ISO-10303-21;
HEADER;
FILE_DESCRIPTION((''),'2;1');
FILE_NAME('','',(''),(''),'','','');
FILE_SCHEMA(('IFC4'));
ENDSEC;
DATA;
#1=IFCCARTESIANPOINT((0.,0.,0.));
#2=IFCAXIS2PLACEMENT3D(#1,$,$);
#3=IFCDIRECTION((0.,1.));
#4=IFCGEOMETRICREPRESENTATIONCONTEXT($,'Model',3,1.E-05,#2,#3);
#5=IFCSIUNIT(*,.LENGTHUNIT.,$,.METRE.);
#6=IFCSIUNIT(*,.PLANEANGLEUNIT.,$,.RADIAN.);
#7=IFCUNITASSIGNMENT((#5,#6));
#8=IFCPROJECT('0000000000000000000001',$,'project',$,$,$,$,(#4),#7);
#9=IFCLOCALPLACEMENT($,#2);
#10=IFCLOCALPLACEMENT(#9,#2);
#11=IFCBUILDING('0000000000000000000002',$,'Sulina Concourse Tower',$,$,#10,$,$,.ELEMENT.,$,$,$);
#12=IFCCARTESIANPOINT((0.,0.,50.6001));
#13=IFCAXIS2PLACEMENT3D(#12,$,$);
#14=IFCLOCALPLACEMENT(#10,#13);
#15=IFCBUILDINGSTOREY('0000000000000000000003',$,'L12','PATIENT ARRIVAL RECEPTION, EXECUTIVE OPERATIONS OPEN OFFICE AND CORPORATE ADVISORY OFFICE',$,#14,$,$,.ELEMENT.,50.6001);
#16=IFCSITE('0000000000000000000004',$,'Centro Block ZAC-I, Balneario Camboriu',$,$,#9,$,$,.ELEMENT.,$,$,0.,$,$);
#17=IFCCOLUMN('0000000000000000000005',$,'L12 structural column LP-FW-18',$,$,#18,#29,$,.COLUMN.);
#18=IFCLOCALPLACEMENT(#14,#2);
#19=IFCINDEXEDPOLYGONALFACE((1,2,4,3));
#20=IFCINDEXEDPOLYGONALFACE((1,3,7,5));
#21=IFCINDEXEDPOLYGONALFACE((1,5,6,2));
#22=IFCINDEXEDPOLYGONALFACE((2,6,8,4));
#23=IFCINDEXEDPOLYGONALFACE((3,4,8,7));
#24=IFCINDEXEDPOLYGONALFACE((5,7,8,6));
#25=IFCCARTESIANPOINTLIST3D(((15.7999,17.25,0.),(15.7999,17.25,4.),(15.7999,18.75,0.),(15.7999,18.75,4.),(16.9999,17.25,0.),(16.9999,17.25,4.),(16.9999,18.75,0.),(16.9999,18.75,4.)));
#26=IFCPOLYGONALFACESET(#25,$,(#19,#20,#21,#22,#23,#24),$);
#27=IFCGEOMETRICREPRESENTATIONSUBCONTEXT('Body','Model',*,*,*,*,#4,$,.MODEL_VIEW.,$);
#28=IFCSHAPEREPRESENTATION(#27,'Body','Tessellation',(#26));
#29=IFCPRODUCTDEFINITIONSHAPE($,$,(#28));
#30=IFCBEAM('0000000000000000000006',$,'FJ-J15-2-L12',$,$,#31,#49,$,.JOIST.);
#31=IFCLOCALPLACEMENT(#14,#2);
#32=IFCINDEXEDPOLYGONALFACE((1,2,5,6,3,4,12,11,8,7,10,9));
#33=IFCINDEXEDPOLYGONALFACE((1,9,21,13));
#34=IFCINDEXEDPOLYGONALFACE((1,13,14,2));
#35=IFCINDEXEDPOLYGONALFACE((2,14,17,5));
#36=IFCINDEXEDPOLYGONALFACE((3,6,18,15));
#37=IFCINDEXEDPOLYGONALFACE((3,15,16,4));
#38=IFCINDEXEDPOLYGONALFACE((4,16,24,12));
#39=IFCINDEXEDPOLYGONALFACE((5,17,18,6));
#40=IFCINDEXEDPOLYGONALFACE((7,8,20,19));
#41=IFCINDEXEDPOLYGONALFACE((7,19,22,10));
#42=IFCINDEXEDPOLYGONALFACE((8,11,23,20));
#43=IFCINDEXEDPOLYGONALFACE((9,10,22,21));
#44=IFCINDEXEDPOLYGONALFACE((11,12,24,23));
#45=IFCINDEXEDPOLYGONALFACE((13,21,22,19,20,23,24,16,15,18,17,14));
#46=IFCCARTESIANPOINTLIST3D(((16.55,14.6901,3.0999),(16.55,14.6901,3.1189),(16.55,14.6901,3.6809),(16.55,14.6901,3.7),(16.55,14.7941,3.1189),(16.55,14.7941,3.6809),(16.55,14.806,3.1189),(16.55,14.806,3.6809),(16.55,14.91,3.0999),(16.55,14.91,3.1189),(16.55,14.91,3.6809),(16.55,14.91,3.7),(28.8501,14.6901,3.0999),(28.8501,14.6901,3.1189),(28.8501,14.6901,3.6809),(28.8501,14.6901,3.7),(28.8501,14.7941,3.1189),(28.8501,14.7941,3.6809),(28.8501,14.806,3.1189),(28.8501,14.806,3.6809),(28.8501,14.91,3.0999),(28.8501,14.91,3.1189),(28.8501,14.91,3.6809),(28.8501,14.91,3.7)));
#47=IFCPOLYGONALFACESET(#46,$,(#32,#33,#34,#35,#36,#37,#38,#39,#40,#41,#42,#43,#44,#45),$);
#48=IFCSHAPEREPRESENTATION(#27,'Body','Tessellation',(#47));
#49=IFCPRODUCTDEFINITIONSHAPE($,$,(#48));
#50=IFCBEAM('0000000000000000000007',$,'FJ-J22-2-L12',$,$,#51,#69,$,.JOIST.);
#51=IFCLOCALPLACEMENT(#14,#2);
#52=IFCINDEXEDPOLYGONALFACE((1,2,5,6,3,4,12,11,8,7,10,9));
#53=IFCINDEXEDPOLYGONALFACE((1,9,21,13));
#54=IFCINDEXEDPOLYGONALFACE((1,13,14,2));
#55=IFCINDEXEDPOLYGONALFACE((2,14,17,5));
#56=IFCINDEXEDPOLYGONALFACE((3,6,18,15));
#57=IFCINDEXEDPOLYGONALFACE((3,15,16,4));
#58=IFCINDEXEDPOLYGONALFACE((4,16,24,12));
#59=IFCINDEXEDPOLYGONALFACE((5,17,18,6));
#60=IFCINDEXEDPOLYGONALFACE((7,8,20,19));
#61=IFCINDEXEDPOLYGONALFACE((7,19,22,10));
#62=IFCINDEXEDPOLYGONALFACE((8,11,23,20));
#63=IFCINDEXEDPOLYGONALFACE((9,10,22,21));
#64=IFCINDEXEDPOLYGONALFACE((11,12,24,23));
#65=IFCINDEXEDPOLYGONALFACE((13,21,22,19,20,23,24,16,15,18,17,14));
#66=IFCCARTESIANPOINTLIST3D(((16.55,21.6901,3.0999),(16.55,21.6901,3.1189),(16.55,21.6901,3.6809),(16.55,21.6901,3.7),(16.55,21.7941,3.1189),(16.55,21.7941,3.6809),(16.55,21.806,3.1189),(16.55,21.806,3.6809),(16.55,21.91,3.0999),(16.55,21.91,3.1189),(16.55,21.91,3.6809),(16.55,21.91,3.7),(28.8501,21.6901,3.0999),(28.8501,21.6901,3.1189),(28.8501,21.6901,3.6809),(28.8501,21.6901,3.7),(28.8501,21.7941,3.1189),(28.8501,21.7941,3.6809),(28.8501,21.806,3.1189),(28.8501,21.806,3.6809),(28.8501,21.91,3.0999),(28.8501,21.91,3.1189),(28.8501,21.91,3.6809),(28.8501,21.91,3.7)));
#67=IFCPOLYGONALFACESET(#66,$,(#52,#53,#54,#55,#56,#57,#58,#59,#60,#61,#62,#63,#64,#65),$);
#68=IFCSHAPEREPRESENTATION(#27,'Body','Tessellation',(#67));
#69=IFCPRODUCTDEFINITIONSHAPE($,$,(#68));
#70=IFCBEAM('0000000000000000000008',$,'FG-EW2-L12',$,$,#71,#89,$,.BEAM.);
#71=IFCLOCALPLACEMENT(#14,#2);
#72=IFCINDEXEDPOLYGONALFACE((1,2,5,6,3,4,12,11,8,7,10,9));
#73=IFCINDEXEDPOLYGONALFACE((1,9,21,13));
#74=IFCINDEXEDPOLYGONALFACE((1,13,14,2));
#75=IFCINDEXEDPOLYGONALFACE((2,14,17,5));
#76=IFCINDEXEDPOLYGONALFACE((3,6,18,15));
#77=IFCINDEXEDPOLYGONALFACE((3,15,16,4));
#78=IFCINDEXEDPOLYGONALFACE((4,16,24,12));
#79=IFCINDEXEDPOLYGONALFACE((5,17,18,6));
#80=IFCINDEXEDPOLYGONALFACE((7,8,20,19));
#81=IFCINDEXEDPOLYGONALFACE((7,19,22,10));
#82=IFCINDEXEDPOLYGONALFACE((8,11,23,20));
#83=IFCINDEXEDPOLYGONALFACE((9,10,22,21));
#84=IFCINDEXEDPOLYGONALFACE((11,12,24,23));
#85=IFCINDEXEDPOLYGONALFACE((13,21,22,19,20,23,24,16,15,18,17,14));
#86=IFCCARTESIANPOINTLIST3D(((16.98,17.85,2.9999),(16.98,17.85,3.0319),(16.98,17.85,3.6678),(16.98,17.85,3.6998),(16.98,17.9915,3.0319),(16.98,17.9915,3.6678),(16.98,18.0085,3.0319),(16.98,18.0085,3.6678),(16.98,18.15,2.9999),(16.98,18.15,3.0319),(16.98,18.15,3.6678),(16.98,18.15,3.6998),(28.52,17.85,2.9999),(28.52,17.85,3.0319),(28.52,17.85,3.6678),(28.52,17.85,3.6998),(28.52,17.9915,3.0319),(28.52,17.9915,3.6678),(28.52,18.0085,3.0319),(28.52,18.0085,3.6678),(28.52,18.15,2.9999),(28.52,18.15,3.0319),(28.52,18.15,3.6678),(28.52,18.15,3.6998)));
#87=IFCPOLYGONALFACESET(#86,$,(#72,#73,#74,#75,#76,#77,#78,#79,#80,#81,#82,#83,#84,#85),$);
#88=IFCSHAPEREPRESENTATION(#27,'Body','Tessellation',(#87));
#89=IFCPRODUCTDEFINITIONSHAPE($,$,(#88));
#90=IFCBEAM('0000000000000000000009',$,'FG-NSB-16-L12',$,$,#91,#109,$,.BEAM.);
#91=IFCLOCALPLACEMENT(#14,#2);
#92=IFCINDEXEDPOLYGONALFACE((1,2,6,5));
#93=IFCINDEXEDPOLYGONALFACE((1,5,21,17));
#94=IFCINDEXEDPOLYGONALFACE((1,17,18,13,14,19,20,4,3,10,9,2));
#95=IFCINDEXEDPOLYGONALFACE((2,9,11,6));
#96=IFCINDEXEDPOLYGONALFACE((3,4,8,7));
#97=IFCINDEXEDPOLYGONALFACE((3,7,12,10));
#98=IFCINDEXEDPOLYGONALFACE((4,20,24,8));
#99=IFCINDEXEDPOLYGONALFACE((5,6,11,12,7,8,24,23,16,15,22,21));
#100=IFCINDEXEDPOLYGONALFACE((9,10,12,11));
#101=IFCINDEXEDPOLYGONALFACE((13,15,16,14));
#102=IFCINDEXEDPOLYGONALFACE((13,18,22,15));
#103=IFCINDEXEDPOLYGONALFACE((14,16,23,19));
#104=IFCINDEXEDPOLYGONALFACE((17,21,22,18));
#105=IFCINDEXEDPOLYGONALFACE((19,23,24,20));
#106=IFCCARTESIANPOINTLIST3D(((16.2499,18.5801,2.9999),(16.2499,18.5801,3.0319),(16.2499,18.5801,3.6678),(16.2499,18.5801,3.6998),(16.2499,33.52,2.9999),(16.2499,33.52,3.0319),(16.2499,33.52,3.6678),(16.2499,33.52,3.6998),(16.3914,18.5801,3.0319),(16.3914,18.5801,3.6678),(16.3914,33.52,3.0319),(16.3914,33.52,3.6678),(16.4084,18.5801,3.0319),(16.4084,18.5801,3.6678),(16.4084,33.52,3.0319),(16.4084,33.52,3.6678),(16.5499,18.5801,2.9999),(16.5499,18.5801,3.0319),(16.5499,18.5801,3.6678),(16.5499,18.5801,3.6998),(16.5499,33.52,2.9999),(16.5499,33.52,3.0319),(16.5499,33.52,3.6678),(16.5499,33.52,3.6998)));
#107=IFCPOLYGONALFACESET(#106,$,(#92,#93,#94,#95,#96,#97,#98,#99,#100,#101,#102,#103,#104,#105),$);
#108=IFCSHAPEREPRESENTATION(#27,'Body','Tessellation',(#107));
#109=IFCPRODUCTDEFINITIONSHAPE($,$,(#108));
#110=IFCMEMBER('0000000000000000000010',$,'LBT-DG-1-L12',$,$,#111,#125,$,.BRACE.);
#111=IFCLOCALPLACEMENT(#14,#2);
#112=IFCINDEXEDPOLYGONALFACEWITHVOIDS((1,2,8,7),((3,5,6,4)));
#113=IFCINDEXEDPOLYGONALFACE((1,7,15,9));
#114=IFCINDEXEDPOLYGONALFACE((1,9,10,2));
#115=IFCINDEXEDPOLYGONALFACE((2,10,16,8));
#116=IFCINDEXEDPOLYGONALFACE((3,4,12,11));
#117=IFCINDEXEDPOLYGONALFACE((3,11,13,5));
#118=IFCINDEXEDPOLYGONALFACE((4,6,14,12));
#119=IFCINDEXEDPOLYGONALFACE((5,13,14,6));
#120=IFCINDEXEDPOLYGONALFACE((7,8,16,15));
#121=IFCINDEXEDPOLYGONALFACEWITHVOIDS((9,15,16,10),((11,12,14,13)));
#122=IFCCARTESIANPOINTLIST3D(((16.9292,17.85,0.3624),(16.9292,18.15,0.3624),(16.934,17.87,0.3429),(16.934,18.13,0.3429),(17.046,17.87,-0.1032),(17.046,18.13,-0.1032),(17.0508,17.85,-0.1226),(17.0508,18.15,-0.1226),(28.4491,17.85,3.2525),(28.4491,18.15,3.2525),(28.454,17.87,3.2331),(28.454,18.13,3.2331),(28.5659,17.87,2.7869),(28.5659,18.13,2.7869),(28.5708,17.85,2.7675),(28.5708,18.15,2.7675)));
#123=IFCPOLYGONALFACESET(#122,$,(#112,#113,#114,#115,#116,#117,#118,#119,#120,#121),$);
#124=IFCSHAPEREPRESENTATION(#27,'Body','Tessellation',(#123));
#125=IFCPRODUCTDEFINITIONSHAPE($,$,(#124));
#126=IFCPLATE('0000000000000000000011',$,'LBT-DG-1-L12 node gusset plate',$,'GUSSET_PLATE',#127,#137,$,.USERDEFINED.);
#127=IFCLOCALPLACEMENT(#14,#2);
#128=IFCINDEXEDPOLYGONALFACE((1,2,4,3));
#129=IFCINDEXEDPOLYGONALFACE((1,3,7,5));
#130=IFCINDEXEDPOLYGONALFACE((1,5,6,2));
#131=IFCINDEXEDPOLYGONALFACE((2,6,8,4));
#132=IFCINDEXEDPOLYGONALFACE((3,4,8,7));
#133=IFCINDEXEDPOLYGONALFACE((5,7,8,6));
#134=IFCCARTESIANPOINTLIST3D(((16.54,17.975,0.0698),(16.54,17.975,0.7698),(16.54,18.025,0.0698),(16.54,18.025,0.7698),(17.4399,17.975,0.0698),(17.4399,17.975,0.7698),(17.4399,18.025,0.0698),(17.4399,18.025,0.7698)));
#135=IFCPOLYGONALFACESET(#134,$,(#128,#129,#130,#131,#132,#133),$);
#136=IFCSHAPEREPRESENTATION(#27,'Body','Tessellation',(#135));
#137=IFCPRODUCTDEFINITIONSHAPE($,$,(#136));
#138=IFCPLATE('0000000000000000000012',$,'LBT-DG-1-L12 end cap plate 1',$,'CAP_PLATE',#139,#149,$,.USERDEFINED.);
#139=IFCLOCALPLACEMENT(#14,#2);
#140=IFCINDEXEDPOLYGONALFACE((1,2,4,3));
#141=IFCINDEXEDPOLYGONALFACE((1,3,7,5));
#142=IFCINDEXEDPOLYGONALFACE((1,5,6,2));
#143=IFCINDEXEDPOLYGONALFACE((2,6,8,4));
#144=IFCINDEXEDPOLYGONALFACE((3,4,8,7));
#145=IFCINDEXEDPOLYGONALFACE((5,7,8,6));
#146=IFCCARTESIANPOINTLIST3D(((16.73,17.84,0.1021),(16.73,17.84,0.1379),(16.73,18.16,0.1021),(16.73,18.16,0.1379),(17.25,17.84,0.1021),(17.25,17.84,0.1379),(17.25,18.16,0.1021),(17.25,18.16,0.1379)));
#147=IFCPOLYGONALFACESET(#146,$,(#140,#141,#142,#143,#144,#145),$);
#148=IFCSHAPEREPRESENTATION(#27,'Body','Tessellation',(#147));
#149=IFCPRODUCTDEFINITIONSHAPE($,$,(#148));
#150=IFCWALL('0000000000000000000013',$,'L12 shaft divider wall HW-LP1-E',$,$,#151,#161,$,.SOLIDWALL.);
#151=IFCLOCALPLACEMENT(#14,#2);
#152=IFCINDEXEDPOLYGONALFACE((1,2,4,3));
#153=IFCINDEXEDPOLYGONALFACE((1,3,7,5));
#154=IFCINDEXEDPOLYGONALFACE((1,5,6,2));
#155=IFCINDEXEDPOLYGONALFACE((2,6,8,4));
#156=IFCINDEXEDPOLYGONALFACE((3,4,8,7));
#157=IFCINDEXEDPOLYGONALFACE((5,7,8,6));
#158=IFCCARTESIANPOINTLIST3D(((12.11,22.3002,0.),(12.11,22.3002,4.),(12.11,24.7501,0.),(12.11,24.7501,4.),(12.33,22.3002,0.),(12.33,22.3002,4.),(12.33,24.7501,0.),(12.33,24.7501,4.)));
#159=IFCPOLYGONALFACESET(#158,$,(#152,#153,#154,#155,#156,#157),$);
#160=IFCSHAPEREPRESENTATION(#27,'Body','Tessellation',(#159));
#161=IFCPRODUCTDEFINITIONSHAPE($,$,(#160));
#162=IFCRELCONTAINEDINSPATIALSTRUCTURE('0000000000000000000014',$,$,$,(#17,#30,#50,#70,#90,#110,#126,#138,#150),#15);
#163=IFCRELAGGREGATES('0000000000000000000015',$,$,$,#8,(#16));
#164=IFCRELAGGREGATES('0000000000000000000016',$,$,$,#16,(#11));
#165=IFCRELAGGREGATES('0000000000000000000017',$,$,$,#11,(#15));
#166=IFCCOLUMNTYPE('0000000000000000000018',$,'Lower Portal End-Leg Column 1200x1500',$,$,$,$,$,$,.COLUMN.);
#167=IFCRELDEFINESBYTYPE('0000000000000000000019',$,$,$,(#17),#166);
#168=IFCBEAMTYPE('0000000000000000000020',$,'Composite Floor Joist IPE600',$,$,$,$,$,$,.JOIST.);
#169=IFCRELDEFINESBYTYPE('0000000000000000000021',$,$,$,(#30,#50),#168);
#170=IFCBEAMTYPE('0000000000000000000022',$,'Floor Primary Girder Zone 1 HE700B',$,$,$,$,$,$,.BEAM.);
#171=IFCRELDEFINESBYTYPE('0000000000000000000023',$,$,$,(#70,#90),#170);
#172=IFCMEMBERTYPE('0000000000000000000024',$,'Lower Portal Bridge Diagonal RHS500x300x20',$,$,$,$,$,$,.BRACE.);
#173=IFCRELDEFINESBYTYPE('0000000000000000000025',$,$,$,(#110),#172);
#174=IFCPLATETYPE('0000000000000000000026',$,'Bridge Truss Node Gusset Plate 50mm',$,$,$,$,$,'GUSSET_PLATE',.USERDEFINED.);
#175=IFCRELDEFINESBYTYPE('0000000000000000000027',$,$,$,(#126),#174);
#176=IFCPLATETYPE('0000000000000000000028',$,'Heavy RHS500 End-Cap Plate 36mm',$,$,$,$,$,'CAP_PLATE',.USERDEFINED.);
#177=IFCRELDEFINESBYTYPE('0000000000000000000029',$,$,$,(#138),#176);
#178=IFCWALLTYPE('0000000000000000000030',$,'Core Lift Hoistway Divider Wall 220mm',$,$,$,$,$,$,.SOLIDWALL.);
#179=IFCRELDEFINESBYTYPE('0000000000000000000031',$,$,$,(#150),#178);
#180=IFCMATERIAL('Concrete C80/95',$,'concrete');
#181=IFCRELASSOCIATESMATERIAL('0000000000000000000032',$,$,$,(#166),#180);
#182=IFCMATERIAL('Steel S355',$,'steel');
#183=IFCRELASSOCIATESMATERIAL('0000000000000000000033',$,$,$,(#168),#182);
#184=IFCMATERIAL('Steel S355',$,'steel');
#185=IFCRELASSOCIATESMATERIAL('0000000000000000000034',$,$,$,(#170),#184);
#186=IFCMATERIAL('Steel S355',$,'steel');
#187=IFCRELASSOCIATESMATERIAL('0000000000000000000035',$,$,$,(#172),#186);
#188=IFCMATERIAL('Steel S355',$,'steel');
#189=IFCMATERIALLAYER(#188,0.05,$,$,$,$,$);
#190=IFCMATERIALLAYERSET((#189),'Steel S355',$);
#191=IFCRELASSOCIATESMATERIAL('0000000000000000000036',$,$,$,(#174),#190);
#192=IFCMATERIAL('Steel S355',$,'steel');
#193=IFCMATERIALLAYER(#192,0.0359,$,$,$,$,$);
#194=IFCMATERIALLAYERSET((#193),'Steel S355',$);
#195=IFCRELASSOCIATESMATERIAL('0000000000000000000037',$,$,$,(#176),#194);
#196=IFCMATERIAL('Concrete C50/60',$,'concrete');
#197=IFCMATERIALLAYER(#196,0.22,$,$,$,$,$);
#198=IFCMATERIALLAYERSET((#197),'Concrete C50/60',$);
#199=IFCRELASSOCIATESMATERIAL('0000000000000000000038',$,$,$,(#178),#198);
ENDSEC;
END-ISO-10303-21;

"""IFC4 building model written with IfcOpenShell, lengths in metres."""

from ifc_helpers import new_model, si_unit, direction, frame, frame_2d, origin, origin_2d, place, context, subcontext, project, spatial, rectangle, hollow_rectangle, i_section, extrude, material, layer, layer_set, material_profile, profile_set, type_object, element, save


model = new_model("IFC4")

# Units and contexts
model_context = context("Model", 3, precision=1e-05, world=origin(), true_north=direction((0.0, 1.0)))
body_context = subcontext(model_context, "Body", "Model", "MODEL_VIEW")
ifc_project = project(units=[si_unit("LENGTHUNIT", "METRE"), si_unit("PLANEANGLEUNIT", "RADIAN")], contexts=[model_context])

# Site, building, storey
site_placement = place(None, origin())
site = spatial("IfcSite", under=ifc_project, at=site_placement, Name="Centro Block ZAC-I, Balneario Camboriu", CompositionType="ELEMENT", RefElevation=0.0)
building_placement = place(site_placement, origin())
building = spatial("IfcBuilding", under=site, at=building_placement, Name="Sulina Concourse Tower", CompositionType="ELEMENT")
storey_placement = place(building_placement, frame((0.0, 0.0, 50.6001)))
storey = spatial("IfcBuildingStorey", under=building, at=storey_placement, Name="L12", Description="PATIENT ARRIVAL RECEPTION, EXECUTIVE OPERATIONS OPEN OFFICE AND CORPORATE ADVISORY OFFICE", CompositionType="ELEMENT", Elevation=50.6001)

# Column
ifc_material_1 = material(Name="Concrete C80/95", Category="concrete")
ifc_material_profile_1 = material_profile(ifc_material_1, rectangle(XDim=1.2, YDim=1.5, at=origin_2d()), Name="RC 1200x1500")
ifc_profile_set_1 = profile_set([ifc_material_profile_1], Name="Concrete C80/95")
column_type = type_object("IfcColumnType", Name="Lower Portal End-Leg Column 1200x1500", PredefinedType="COLUMN", material=ifc_profile_set_1)
column_placement = place(storey_placement, frame((16.3999, 18.0, 0.0), z_axis=(0.0, 0.0, 1.0), x_axis=(1.0, 0.0, 0.0)))
element("IfcColumn", 1, at=column_placement, inside=storey, type_object=column_type, Name="L12 structural column LP-FW-18", PredefinedType="COLUMN", context=body_context, shape_type="SweptSolid", body=[
    extrude(rectangle(XDim=1.2, YDim=1.5, at=origin_2d()), origin(), (0.0, 0.0, 1.0), 4.0),
])

# Beams
ifc_material_2 = material(Name="Steel S355", Category="steel")
ifc_material_profile_2 = material_profile(ifc_material_2, i_section(OverallWidth=0.22, OverallDepth=0.6001, WebThickness=0.012, FlangeThickness=0.019, at=origin_2d()), Name="IPE 600")
ifc_profile_set_2 = profile_set([ifc_material_profile_2], Name="Steel S355")
beam_type_1 = type_object("IfcBeamType", Name="Composite Floor Joist IPE600", PredefinedType="JOIST", material=ifc_profile_set_2)
for number, where, z_axis, x_axis, name in (
    (2, (16.55, 14.8, 3.3999), (1.0, 0.0, 0.0), (0.0, 1.0, 0.0), "FJ-J15-2-L12"),
    (3, (16.55, 21.8, 3.3999), (1.0, 0.0, 0.0), (0.0, 1.0, 0.0), "FJ-J22-2-L12"),
):
    element("IfcBeam", number, at=place(storey_placement, frame(where, z_axis=z_axis, x_axis=x_axis)), inside=storey, type_object=beam_type_1, Name=name, PredefinedType="JOIST", context=body_context, shape_type="SweptSolid", body=[
        extrude(i_section(OverallWidth=0.22, OverallDepth=0.6001, WebThickness=0.012, FlangeThickness=0.019, at=origin_2d()), origin(), (0.0, 0.0, 1.0), 12.3),
    ])
ifc_material_3 = material(Name="Steel S355", Category="steel")
ifc_material_profile_3 = material_profile(ifc_material_3, i_section(OverallWidth=0.3, OverallDepth=0.7, WebThickness=0.0171, FlangeThickness=0.032, at=origin_2d()), Name="HE 700 B")
ifc_profile_set_3 = profile_set([ifc_material_profile_3], Name="Steel S355")
beam_type_2 = type_object("IfcBeamType", Name="Floor Primary Girder Zone 1 HE700B", PredefinedType="BEAM", material=ifc_profile_set_3)
beam_1_placement = place(storey_placement, frame((16.98, 18.0, 3.3499), z_axis=(1.0, 0.0, 0.0), x_axis=(0.0, 1.0, 0.0)))
element("IfcBeam", 4, at=beam_1_placement, inside=storey, type_object=beam_type_2, Name="FG-EW2-L12", PredefinedType="BEAM", context=body_context, shape_type="SweptSolid", body=[
    extrude(i_section(OverallWidth=0.3, OverallDepth=0.7, WebThickness=0.0171, FlangeThickness=0.032, at=origin_2d()), origin(), (0.0, 0.0, 1.0), 11.54),
])
beam_2_placement = place(storey_placement, frame((16.3999, 18.5801, 3.3499), z_axis=(0.0, 1.0, 0.0), x_axis=(-1.0, 0.0, 0.0)))
element("IfcBeam", 5, at=beam_2_placement, inside=storey, type_object=beam_type_2, Name="FG-NSB-16-L12", PredefinedType="BEAM", context=body_context, shape_type="SweptSolid", body=[
    extrude(i_section(OverallWidth=0.3, OverallDepth=0.7, WebThickness=0.0171, FlangeThickness=0.032, at=origin_2d()), origin(), (0.0, 0.0, 1.0), 14.9399),
])

# Member
ifc_material_4 = material(Name="Steel S355", Category="steel")
ifc_material_profile_4 = material_profile(ifc_material_4, hollow_rectangle(XDim=0.3, YDim=0.5, WallThickness=0.02, at=origin_2d()), Name="RHS 500x300x20")
ifc_profile_set_4 = profile_set([ifc_material_profile_4], Name="Steel S355")
member_type = type_object("IfcMemberType", Name="Lower Portal Bridge Diagonal RHS500x300x20", PredefinedType="BRACE", material=ifc_profile_set_4)
member_placement = place(storey_placement, frame((16.99, 18.0, 0.1199), z_axis=(0.969941, 0.0, 0.243338), x_axis=(0.0, 1.0, 0.0)))
element("IfcMember", 6, at=member_placement, inside=storey, type_object=member_type, Name="LBT-DG-1-L12", PredefinedType="BRACE", context=body_context, shape_type="SweptSolid", body=[
    extrude(hollow_rectangle(XDim=0.3, YDim=0.5, WallThickness=0.02, at=origin_2d()), origin(), (0.0, 0.0, 1.0), 11.877),
])

# Plates
ifc_material_5 = material(Name="Steel S355", Category="steel")
ifc_layer_1 = layer(ifc_material_5, 0.05)
ifc_layer_set_1 = layer_set([ifc_layer_1], Name="Steel S355")
plate_type_1 = type_object("IfcPlateType", Name="Bridge Truss Node Gusset Plate 50mm", ElementType="GUSSET_PLATE", PredefinedType="USERDEFINED", material=ifc_layer_set_1)
plate_1_placement = place(storey_placement, frame((16.99, 18.0, 0.0698), z_axis=(0.0, 0.0, 1.0), x_axis=(1.0, 0.0, 0.0)))
element("IfcPlate", 7, at=plate_1_placement, inside=storey, type_object=plate_type_1, Name="LBT-DG-1-L12 node gusset plate", ObjectType="GUSSET_PLATE", PredefinedType="USERDEFINED", context=body_context, shape_type="SweptSolid", body=[
    extrude(rectangle(XDim=0.8999, YDim=0.05, at=origin_2d()), origin(), (0.0, 0.0, 1.0), 0.7),
])
ifc_material_6 = material(Name="Steel S355", Category="steel")
ifc_layer_2 = layer(ifc_material_6, 0.0359)
ifc_layer_set_2 = layer_set([ifc_layer_2], Name="Steel S355")
plate_type_2 = type_object("IfcPlateType", Name="Heavy RHS500 End-Cap Plate 36mm", ElementType="CAP_PLATE", PredefinedType="USERDEFINED", material=ifc_layer_set_2)
plate_2_placement = place(storey_placement, frame((16.99, 18.0, 0.1021), z_axis=(0.0, 0.0, 1.0), x_axis=(1.0, 0.0, 0.0)))
element("IfcPlate", 8, at=plate_2_placement, inside=storey, type_object=plate_type_2, Name="LBT-DG-1-L12 end cap plate 1", ObjectType="CAP_PLATE", PredefinedType="USERDEFINED", context=body_context, shape_type="SweptSolid", body=[
    extrude(rectangle(XDim=0.52, YDim=0.3201, at=origin_2d()), origin(), (0.0, 0.0, 1.0), 0.0359),
])

# Wall
ifc_material_7 = material(Name="Concrete C50/60", Category="concrete")
ifc_layer_3 = layer(ifc_material_7, 0.22)
ifc_layer_set_3 = layer_set([ifc_layer_3], Name="Concrete C50/60")
wall_type_1 = type_object("IfcWallType", Name="Core Lift Hoistway Divider Wall 220mm", PredefinedType="SOLIDWALL", material=ifc_layer_set_3)
wall_1_placement = place(storey_placement, frame((12.22, 22.3, 0.0), z_axis=(0.0, 0.0, 1.0), x_axis=(0.0, 1.0, 0.0)))
element("IfcWall", 9, at=wall_1_placement, inside=storey, type_object=wall_type_1, Name="L12 shaft divider wall HW-LP1-E", PredefinedType="SOLIDWALL", context=body_context, shape_type="SweptSolid", body=[
    extrude(rectangle(XDim=2.45, YDim=0.22, at=frame_2d((1.2251, 0.0))), origin(), (0.0, 0.0, 1.0), 4.0),
])

save(model, "model.ifc")
